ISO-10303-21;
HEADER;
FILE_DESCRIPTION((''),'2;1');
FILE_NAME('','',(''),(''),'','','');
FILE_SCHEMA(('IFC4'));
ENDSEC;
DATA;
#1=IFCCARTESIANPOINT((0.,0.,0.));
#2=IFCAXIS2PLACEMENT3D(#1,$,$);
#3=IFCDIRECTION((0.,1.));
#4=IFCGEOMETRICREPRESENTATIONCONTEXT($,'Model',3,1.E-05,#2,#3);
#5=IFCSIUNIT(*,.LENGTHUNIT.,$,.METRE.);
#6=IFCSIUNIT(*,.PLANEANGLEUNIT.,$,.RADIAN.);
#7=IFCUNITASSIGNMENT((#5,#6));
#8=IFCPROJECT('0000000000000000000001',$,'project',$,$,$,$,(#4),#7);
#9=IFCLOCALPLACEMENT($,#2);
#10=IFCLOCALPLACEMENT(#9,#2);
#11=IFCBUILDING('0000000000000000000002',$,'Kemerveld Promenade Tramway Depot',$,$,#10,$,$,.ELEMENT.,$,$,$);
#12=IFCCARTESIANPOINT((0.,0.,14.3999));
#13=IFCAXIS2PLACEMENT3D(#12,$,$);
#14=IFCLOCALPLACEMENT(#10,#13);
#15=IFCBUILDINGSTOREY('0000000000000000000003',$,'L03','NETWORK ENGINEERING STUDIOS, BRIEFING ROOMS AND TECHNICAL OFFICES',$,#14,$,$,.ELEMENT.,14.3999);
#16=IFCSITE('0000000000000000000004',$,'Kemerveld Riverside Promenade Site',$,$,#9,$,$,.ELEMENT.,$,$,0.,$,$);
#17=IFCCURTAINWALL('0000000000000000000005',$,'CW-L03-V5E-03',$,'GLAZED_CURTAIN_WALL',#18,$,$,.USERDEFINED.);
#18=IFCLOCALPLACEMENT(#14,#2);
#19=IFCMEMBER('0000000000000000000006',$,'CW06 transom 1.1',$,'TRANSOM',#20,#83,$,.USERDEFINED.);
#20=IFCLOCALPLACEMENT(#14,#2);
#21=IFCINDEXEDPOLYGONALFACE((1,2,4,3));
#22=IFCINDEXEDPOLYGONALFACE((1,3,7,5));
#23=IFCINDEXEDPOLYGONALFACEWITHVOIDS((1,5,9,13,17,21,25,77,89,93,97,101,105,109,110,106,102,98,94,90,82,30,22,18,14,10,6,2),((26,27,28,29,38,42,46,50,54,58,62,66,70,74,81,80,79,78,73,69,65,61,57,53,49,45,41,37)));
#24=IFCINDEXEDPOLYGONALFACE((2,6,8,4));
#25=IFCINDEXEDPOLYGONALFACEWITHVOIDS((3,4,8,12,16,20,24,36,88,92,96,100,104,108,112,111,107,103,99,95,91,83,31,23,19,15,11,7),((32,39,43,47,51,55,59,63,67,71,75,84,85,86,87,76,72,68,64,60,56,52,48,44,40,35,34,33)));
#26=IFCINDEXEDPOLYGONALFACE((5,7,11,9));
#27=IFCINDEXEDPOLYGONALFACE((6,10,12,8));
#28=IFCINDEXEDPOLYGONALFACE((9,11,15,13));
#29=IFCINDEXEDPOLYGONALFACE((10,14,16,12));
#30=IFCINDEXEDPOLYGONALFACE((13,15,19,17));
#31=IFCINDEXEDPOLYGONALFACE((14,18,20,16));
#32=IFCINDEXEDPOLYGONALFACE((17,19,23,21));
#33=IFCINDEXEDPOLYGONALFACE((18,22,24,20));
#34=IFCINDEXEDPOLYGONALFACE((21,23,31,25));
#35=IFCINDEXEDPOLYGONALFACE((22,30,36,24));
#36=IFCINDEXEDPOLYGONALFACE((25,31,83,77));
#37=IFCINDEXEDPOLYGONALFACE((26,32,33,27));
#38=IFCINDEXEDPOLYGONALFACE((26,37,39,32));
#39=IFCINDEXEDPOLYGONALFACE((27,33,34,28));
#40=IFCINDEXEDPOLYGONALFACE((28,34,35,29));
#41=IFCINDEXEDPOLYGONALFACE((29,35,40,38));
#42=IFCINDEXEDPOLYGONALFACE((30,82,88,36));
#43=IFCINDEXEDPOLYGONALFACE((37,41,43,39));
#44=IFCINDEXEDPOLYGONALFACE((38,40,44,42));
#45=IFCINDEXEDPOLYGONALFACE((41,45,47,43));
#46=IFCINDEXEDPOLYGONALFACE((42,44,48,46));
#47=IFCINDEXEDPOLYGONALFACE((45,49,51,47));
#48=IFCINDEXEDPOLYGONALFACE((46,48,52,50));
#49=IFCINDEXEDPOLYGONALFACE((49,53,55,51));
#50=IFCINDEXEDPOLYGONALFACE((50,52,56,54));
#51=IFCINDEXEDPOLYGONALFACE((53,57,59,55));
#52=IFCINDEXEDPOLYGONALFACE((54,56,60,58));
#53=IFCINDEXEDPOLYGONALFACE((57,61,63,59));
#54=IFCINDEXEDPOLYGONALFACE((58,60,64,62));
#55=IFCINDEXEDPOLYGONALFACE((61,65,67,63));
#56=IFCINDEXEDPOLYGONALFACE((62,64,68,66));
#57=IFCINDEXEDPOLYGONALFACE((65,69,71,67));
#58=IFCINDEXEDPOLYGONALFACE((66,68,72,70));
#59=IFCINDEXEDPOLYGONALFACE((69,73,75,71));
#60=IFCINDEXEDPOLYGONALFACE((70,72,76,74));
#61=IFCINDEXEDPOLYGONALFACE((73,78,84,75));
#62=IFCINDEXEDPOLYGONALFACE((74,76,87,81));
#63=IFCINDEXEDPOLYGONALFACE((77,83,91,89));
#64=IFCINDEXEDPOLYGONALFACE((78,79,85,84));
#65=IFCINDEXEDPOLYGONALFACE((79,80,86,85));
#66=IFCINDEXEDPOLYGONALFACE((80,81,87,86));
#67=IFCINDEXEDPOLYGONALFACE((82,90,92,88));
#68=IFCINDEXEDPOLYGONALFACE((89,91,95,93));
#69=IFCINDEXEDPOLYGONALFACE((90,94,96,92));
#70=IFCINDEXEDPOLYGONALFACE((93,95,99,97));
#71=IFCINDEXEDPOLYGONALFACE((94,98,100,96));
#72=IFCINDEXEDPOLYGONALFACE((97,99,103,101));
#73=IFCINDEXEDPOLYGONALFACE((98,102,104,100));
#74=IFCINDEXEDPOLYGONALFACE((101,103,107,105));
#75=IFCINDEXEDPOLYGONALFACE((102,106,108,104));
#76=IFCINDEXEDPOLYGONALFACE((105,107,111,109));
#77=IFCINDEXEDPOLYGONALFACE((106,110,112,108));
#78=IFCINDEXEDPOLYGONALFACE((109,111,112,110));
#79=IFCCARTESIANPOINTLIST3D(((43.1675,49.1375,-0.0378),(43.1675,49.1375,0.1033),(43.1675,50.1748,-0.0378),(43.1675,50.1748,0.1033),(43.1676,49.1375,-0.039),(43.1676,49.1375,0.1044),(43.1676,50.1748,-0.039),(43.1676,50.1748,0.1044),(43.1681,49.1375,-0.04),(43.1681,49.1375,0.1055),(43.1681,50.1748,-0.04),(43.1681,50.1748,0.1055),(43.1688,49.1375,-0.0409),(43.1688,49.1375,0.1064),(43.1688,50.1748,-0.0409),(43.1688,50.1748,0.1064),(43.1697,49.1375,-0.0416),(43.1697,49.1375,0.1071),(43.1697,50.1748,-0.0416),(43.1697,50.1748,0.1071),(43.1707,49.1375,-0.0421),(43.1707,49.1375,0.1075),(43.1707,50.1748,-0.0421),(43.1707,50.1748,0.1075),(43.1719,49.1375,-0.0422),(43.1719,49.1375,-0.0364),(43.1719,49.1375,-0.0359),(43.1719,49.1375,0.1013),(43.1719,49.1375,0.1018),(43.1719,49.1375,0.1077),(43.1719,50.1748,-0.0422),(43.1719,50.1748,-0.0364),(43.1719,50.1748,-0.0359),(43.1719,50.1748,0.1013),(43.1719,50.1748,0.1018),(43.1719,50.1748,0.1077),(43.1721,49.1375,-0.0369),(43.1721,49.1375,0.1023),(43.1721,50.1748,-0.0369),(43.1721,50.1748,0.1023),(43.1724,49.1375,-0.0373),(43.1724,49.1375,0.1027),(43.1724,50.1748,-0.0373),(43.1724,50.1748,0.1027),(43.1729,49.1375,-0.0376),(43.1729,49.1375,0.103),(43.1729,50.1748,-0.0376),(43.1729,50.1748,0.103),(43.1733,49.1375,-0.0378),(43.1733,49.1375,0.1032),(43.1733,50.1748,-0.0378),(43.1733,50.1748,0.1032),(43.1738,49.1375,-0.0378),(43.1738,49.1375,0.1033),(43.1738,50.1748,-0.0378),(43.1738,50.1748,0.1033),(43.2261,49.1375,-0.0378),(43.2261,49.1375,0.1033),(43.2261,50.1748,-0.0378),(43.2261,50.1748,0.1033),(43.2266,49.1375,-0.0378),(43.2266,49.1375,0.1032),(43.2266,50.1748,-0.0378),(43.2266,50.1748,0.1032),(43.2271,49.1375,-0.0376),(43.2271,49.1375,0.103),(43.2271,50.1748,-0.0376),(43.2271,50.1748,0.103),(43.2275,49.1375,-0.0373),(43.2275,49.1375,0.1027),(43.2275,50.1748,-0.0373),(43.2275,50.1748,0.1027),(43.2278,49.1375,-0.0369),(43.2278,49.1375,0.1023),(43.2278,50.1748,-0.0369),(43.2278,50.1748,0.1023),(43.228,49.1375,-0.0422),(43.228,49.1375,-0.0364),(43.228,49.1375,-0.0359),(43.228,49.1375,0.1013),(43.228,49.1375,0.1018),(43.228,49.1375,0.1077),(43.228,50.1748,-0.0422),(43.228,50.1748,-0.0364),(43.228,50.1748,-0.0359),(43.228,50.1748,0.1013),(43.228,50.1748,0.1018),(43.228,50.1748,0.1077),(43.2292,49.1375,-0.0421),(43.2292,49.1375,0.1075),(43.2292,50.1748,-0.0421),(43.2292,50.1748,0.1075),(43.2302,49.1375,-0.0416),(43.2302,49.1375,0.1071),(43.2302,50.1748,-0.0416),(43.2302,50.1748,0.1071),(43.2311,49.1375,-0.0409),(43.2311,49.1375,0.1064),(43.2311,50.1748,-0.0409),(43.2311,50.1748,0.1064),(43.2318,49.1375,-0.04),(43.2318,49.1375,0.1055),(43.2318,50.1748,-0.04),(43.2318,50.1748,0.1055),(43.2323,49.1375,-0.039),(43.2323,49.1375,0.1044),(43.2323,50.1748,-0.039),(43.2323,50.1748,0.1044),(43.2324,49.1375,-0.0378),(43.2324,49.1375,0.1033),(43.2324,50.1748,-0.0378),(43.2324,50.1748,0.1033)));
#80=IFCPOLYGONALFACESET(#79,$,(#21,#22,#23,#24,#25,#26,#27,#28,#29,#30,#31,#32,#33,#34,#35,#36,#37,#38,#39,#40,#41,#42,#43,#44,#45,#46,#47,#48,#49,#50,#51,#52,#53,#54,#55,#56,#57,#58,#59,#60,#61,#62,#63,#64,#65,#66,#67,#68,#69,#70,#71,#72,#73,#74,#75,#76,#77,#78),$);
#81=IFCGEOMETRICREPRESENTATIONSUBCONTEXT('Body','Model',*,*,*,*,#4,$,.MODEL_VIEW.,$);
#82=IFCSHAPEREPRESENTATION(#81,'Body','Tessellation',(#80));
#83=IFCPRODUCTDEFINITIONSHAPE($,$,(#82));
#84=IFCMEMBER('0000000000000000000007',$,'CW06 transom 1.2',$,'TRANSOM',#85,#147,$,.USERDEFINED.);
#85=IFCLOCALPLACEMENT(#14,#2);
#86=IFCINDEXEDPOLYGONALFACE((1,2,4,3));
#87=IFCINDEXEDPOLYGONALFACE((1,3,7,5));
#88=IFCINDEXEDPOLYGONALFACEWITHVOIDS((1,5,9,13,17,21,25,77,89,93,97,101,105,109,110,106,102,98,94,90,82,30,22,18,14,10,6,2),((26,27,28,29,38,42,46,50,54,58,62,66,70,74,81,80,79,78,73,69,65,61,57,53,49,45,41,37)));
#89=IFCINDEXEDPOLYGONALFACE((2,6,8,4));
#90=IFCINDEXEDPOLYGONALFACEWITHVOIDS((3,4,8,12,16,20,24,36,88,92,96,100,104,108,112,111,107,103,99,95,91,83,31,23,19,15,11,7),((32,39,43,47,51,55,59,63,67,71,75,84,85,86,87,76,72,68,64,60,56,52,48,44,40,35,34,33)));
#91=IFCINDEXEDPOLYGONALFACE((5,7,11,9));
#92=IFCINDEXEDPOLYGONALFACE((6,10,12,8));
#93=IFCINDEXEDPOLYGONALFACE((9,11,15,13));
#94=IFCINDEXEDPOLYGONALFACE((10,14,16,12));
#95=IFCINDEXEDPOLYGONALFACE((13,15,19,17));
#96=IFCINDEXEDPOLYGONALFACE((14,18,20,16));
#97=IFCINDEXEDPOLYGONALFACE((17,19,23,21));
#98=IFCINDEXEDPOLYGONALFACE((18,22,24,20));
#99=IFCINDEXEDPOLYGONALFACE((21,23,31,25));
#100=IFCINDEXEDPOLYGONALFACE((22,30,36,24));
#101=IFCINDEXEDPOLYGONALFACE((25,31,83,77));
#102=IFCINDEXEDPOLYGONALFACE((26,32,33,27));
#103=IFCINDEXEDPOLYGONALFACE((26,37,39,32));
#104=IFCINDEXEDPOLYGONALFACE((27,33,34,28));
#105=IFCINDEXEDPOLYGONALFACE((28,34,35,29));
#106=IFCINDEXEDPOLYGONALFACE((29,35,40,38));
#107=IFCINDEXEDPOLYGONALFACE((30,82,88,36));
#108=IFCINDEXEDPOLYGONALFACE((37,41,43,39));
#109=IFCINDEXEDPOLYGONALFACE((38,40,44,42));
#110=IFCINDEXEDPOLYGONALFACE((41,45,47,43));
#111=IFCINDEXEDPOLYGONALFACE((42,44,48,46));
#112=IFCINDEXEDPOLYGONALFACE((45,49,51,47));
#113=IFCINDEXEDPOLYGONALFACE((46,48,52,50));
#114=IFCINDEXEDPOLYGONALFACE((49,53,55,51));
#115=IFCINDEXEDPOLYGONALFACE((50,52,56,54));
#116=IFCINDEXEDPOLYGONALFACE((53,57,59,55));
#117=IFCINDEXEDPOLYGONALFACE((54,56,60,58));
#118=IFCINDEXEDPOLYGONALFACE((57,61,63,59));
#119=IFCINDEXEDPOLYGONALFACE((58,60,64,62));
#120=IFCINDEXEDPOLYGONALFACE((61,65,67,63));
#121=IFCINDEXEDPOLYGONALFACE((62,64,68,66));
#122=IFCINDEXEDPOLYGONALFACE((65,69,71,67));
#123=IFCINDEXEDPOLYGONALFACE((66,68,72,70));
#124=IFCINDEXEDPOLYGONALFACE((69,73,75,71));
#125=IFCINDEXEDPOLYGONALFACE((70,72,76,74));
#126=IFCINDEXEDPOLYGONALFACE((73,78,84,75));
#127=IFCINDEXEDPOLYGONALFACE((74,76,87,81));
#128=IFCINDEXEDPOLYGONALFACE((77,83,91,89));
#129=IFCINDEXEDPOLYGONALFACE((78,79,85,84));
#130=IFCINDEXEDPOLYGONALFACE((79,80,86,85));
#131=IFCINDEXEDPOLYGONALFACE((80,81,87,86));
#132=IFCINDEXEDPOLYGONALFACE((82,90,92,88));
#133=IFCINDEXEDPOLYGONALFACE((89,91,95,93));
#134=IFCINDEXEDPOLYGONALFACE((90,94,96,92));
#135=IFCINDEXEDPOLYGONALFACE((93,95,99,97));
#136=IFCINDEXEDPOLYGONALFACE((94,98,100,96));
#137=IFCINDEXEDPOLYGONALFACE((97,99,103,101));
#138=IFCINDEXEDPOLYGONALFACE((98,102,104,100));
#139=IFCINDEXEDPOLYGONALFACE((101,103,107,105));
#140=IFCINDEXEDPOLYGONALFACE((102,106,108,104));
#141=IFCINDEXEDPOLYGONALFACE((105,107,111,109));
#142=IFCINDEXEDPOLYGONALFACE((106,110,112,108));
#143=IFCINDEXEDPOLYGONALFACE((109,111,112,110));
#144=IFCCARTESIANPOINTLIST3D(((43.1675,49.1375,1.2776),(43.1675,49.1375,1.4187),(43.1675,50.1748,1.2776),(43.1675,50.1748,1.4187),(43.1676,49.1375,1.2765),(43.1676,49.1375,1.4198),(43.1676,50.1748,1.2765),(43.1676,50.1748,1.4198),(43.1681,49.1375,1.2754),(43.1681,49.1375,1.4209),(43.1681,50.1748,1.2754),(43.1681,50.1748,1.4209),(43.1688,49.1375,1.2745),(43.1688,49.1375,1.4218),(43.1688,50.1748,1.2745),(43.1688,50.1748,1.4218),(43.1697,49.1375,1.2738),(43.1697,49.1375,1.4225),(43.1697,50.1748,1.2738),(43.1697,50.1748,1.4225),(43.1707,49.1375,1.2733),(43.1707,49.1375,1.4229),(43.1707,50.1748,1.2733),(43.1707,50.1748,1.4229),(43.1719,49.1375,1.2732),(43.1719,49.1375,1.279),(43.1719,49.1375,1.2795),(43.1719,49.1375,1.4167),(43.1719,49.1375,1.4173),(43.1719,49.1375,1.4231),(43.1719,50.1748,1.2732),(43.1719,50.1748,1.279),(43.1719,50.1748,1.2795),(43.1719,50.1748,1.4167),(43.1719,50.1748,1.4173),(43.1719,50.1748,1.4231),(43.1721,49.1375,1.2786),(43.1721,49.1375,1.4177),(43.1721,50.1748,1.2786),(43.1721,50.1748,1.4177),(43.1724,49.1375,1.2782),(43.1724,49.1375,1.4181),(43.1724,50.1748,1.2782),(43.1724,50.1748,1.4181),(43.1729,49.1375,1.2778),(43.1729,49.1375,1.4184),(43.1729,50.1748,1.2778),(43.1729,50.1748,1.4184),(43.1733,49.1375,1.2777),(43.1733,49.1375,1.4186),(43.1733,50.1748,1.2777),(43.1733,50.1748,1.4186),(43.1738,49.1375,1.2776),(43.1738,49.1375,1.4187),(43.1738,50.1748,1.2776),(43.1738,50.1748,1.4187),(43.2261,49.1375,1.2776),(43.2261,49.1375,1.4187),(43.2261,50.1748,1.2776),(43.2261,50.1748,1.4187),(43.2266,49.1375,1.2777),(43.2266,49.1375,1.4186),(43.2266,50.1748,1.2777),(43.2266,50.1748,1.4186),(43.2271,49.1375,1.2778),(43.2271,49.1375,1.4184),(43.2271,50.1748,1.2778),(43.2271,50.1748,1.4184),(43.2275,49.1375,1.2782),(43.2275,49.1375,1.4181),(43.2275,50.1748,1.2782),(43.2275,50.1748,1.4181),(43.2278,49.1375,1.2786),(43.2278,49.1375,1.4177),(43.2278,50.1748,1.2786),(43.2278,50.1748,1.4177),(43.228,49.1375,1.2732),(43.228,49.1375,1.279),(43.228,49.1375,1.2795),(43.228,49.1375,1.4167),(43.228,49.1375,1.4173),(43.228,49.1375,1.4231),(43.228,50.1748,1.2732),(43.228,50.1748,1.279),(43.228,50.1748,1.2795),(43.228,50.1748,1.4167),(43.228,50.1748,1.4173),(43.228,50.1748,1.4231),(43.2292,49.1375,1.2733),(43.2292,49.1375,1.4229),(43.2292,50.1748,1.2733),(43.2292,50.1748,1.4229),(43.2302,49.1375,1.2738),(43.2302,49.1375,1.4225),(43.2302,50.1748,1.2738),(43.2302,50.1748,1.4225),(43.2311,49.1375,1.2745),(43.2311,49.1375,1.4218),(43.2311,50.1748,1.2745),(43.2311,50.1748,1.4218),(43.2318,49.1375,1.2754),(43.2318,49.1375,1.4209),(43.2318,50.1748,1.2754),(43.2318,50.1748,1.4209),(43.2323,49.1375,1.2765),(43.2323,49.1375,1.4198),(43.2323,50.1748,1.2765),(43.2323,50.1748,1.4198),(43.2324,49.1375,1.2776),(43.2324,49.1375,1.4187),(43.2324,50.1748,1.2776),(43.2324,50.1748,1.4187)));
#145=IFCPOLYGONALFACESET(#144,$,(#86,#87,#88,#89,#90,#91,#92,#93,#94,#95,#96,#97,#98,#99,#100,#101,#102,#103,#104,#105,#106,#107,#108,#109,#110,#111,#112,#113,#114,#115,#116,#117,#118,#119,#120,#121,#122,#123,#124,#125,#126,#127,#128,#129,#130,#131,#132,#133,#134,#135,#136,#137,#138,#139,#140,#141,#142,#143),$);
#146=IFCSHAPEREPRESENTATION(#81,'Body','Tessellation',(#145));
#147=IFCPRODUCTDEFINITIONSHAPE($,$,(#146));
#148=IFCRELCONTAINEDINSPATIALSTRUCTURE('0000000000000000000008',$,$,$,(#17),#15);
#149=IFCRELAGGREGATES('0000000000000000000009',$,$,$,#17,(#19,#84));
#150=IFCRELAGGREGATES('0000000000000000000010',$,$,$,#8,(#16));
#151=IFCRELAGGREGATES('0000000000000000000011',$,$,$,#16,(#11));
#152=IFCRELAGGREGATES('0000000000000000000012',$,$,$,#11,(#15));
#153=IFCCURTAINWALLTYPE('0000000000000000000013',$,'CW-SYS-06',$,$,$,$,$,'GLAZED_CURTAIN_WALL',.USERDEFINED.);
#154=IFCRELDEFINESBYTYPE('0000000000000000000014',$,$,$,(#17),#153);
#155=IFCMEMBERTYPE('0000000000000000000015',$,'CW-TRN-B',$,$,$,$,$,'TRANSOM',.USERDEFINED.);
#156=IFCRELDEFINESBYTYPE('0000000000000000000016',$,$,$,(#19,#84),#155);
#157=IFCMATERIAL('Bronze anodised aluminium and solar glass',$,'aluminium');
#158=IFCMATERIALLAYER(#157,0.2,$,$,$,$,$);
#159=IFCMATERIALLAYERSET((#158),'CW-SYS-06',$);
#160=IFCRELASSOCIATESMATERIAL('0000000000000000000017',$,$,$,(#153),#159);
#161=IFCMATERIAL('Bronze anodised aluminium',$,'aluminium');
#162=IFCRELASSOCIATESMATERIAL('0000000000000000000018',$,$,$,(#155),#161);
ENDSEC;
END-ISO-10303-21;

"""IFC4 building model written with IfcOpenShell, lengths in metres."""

from ifc_helpers import new_model, si_unit, direction, frame, origin, origin_2d, place, context, subcontext, project, spatial, hollow_rectangle, extrude, material, layer, layer_set, material_profile, profile_set, type_object, element, aggregate, save


model = new_model("IFC4")

# Units and contexts
model_context = context("Model", 3, precision=1e-05, world=origin(), true_north=direction((0.0, 1.0)))
body_context = subcontext(model_context, "Body", "Model", "MODEL_VIEW")
ifc_project = project(units=[si_unit("LENGTHUNIT", "METRE"), si_unit("PLANEANGLEUNIT", "RADIAN")], contexts=[model_context])

# Site, building, storey
site_placement = place(None, origin())
site = spatial("IfcSite", under=ifc_project, at=site_placement, Name="Kemerveld Riverside Promenade Site", CompositionType="ELEMENT", RefElevation=0.0)
building_placement = place(site_placement, origin())
building = spatial("IfcBuilding", under=site, at=building_placement, Name="Kemerveld Promenade Tramway Depot", CompositionType="ELEMENT")
storey_placement = place(building_placement, frame((0.0, 0.0, 14.3999)))
storey = spatial("IfcBuildingStorey", under=building, at=storey_placement, Name="L03", Description="NETWORK ENGINEERING STUDIOS, BRIEFING ROOMS AND TECHNICAL OFFICES", CompositionType="ELEMENT", Elevation=14.3999)

# Curtain wall, members
ifc_material_1 = material(Name="Bronze anodised aluminium and solar glass", Category="aluminium")
ifc_layer_1 = layer(ifc_material_1, 0.2)
ifc_layer_set_1 = layer_set([ifc_layer_1], Name="CW-SYS-06")
curtain_wall_type = type_object("IfcCurtainWallType", Name="CW-SYS-06", ElementType="GLAZED_CURTAIN_WALL", PredefinedType="USERDEFINED", material=ifc_layer_set_1)
curtain_wall_placement = place(storey_placement, origin())
curtain_wall = element("IfcCurtainWall", 1, at=curtain_wall_placement, inside=storey, type_object=curtain_wall_type, Name="CW-L03-V5E-03", ObjectType="GLAZED_CURTAIN_WALL", PredefinedType="USERDEFINED")
ifc_material_2 = material(Name="Bronze anodised aluminium", Category="aluminium")
ifc_material_profile_1 = material_profile(ifc_material_2, hollow_rectangle(XDim=0.0649, YDim=0.1499, WallThickness=0.0044, InnerFilletRadius=0.002, OuterFilletRadius=0.0044, at=origin_2d()), Name="CW-TRN-150x65")
ifc_profile_set_1 = profile_set([ifc_material_profile_1], Name="Bronze anodised aluminium")
member_type_1 = type_object("IfcMemberType", Name="CW-TRN-B", ElementType="TRANSOM", PredefinedType="USERDEFINED", material=ifc_profile_set_1)
member_1_placement = place(storey_placement, frame((43.2, 50.1748, 0.0327), z_axis=(0.0, -1.0, 0.0), x_axis=(1.0, 0.0, 0.0)))
member_1 = element("IfcMember", 2, at=member_1_placement, type_object=member_type_1, Name="CW06 transom 1.1", ObjectType="TRANSOM", PredefinedType="USERDEFINED", context=body_context, shape_type="SweptSolid", body=[
    extrude(hollow_rectangle(XDim=0.0649, YDim=0.1499, WallThickness=0.0044, InnerFilletRadius=0.002, OuterFilletRadius=0.0044, at=origin_2d()), origin(), (0.0, 0.0, 1.0), 1.0374),
])
member_2_placement = place(storey_placement, frame((43.2, 50.1748, 1.3481), z_axis=(0.0, -1.0, 0.0), x_axis=(1.0, 0.0, 0.0)))
member_2 = element("IfcMember", 3, at=member_2_placement, type_object=member_type_1, Name="CW06 transom 1.2", ObjectType="TRANSOM", PredefinedType="USERDEFINED", context=body_context, shape_type="SweptSolid", body=[
    extrude(hollow_rectangle(XDim=0.0649, YDim=0.1499, WallThickness=0.0044, InnerFilletRadius=0.002, OuterFilletRadius=0.0044, at=origin_2d()), origin(), (0.0, 0.0, 1.0), 1.0374),
])
aggregate(curtain_wall, [member_1, member_2])

save(model, "model.ifc")
